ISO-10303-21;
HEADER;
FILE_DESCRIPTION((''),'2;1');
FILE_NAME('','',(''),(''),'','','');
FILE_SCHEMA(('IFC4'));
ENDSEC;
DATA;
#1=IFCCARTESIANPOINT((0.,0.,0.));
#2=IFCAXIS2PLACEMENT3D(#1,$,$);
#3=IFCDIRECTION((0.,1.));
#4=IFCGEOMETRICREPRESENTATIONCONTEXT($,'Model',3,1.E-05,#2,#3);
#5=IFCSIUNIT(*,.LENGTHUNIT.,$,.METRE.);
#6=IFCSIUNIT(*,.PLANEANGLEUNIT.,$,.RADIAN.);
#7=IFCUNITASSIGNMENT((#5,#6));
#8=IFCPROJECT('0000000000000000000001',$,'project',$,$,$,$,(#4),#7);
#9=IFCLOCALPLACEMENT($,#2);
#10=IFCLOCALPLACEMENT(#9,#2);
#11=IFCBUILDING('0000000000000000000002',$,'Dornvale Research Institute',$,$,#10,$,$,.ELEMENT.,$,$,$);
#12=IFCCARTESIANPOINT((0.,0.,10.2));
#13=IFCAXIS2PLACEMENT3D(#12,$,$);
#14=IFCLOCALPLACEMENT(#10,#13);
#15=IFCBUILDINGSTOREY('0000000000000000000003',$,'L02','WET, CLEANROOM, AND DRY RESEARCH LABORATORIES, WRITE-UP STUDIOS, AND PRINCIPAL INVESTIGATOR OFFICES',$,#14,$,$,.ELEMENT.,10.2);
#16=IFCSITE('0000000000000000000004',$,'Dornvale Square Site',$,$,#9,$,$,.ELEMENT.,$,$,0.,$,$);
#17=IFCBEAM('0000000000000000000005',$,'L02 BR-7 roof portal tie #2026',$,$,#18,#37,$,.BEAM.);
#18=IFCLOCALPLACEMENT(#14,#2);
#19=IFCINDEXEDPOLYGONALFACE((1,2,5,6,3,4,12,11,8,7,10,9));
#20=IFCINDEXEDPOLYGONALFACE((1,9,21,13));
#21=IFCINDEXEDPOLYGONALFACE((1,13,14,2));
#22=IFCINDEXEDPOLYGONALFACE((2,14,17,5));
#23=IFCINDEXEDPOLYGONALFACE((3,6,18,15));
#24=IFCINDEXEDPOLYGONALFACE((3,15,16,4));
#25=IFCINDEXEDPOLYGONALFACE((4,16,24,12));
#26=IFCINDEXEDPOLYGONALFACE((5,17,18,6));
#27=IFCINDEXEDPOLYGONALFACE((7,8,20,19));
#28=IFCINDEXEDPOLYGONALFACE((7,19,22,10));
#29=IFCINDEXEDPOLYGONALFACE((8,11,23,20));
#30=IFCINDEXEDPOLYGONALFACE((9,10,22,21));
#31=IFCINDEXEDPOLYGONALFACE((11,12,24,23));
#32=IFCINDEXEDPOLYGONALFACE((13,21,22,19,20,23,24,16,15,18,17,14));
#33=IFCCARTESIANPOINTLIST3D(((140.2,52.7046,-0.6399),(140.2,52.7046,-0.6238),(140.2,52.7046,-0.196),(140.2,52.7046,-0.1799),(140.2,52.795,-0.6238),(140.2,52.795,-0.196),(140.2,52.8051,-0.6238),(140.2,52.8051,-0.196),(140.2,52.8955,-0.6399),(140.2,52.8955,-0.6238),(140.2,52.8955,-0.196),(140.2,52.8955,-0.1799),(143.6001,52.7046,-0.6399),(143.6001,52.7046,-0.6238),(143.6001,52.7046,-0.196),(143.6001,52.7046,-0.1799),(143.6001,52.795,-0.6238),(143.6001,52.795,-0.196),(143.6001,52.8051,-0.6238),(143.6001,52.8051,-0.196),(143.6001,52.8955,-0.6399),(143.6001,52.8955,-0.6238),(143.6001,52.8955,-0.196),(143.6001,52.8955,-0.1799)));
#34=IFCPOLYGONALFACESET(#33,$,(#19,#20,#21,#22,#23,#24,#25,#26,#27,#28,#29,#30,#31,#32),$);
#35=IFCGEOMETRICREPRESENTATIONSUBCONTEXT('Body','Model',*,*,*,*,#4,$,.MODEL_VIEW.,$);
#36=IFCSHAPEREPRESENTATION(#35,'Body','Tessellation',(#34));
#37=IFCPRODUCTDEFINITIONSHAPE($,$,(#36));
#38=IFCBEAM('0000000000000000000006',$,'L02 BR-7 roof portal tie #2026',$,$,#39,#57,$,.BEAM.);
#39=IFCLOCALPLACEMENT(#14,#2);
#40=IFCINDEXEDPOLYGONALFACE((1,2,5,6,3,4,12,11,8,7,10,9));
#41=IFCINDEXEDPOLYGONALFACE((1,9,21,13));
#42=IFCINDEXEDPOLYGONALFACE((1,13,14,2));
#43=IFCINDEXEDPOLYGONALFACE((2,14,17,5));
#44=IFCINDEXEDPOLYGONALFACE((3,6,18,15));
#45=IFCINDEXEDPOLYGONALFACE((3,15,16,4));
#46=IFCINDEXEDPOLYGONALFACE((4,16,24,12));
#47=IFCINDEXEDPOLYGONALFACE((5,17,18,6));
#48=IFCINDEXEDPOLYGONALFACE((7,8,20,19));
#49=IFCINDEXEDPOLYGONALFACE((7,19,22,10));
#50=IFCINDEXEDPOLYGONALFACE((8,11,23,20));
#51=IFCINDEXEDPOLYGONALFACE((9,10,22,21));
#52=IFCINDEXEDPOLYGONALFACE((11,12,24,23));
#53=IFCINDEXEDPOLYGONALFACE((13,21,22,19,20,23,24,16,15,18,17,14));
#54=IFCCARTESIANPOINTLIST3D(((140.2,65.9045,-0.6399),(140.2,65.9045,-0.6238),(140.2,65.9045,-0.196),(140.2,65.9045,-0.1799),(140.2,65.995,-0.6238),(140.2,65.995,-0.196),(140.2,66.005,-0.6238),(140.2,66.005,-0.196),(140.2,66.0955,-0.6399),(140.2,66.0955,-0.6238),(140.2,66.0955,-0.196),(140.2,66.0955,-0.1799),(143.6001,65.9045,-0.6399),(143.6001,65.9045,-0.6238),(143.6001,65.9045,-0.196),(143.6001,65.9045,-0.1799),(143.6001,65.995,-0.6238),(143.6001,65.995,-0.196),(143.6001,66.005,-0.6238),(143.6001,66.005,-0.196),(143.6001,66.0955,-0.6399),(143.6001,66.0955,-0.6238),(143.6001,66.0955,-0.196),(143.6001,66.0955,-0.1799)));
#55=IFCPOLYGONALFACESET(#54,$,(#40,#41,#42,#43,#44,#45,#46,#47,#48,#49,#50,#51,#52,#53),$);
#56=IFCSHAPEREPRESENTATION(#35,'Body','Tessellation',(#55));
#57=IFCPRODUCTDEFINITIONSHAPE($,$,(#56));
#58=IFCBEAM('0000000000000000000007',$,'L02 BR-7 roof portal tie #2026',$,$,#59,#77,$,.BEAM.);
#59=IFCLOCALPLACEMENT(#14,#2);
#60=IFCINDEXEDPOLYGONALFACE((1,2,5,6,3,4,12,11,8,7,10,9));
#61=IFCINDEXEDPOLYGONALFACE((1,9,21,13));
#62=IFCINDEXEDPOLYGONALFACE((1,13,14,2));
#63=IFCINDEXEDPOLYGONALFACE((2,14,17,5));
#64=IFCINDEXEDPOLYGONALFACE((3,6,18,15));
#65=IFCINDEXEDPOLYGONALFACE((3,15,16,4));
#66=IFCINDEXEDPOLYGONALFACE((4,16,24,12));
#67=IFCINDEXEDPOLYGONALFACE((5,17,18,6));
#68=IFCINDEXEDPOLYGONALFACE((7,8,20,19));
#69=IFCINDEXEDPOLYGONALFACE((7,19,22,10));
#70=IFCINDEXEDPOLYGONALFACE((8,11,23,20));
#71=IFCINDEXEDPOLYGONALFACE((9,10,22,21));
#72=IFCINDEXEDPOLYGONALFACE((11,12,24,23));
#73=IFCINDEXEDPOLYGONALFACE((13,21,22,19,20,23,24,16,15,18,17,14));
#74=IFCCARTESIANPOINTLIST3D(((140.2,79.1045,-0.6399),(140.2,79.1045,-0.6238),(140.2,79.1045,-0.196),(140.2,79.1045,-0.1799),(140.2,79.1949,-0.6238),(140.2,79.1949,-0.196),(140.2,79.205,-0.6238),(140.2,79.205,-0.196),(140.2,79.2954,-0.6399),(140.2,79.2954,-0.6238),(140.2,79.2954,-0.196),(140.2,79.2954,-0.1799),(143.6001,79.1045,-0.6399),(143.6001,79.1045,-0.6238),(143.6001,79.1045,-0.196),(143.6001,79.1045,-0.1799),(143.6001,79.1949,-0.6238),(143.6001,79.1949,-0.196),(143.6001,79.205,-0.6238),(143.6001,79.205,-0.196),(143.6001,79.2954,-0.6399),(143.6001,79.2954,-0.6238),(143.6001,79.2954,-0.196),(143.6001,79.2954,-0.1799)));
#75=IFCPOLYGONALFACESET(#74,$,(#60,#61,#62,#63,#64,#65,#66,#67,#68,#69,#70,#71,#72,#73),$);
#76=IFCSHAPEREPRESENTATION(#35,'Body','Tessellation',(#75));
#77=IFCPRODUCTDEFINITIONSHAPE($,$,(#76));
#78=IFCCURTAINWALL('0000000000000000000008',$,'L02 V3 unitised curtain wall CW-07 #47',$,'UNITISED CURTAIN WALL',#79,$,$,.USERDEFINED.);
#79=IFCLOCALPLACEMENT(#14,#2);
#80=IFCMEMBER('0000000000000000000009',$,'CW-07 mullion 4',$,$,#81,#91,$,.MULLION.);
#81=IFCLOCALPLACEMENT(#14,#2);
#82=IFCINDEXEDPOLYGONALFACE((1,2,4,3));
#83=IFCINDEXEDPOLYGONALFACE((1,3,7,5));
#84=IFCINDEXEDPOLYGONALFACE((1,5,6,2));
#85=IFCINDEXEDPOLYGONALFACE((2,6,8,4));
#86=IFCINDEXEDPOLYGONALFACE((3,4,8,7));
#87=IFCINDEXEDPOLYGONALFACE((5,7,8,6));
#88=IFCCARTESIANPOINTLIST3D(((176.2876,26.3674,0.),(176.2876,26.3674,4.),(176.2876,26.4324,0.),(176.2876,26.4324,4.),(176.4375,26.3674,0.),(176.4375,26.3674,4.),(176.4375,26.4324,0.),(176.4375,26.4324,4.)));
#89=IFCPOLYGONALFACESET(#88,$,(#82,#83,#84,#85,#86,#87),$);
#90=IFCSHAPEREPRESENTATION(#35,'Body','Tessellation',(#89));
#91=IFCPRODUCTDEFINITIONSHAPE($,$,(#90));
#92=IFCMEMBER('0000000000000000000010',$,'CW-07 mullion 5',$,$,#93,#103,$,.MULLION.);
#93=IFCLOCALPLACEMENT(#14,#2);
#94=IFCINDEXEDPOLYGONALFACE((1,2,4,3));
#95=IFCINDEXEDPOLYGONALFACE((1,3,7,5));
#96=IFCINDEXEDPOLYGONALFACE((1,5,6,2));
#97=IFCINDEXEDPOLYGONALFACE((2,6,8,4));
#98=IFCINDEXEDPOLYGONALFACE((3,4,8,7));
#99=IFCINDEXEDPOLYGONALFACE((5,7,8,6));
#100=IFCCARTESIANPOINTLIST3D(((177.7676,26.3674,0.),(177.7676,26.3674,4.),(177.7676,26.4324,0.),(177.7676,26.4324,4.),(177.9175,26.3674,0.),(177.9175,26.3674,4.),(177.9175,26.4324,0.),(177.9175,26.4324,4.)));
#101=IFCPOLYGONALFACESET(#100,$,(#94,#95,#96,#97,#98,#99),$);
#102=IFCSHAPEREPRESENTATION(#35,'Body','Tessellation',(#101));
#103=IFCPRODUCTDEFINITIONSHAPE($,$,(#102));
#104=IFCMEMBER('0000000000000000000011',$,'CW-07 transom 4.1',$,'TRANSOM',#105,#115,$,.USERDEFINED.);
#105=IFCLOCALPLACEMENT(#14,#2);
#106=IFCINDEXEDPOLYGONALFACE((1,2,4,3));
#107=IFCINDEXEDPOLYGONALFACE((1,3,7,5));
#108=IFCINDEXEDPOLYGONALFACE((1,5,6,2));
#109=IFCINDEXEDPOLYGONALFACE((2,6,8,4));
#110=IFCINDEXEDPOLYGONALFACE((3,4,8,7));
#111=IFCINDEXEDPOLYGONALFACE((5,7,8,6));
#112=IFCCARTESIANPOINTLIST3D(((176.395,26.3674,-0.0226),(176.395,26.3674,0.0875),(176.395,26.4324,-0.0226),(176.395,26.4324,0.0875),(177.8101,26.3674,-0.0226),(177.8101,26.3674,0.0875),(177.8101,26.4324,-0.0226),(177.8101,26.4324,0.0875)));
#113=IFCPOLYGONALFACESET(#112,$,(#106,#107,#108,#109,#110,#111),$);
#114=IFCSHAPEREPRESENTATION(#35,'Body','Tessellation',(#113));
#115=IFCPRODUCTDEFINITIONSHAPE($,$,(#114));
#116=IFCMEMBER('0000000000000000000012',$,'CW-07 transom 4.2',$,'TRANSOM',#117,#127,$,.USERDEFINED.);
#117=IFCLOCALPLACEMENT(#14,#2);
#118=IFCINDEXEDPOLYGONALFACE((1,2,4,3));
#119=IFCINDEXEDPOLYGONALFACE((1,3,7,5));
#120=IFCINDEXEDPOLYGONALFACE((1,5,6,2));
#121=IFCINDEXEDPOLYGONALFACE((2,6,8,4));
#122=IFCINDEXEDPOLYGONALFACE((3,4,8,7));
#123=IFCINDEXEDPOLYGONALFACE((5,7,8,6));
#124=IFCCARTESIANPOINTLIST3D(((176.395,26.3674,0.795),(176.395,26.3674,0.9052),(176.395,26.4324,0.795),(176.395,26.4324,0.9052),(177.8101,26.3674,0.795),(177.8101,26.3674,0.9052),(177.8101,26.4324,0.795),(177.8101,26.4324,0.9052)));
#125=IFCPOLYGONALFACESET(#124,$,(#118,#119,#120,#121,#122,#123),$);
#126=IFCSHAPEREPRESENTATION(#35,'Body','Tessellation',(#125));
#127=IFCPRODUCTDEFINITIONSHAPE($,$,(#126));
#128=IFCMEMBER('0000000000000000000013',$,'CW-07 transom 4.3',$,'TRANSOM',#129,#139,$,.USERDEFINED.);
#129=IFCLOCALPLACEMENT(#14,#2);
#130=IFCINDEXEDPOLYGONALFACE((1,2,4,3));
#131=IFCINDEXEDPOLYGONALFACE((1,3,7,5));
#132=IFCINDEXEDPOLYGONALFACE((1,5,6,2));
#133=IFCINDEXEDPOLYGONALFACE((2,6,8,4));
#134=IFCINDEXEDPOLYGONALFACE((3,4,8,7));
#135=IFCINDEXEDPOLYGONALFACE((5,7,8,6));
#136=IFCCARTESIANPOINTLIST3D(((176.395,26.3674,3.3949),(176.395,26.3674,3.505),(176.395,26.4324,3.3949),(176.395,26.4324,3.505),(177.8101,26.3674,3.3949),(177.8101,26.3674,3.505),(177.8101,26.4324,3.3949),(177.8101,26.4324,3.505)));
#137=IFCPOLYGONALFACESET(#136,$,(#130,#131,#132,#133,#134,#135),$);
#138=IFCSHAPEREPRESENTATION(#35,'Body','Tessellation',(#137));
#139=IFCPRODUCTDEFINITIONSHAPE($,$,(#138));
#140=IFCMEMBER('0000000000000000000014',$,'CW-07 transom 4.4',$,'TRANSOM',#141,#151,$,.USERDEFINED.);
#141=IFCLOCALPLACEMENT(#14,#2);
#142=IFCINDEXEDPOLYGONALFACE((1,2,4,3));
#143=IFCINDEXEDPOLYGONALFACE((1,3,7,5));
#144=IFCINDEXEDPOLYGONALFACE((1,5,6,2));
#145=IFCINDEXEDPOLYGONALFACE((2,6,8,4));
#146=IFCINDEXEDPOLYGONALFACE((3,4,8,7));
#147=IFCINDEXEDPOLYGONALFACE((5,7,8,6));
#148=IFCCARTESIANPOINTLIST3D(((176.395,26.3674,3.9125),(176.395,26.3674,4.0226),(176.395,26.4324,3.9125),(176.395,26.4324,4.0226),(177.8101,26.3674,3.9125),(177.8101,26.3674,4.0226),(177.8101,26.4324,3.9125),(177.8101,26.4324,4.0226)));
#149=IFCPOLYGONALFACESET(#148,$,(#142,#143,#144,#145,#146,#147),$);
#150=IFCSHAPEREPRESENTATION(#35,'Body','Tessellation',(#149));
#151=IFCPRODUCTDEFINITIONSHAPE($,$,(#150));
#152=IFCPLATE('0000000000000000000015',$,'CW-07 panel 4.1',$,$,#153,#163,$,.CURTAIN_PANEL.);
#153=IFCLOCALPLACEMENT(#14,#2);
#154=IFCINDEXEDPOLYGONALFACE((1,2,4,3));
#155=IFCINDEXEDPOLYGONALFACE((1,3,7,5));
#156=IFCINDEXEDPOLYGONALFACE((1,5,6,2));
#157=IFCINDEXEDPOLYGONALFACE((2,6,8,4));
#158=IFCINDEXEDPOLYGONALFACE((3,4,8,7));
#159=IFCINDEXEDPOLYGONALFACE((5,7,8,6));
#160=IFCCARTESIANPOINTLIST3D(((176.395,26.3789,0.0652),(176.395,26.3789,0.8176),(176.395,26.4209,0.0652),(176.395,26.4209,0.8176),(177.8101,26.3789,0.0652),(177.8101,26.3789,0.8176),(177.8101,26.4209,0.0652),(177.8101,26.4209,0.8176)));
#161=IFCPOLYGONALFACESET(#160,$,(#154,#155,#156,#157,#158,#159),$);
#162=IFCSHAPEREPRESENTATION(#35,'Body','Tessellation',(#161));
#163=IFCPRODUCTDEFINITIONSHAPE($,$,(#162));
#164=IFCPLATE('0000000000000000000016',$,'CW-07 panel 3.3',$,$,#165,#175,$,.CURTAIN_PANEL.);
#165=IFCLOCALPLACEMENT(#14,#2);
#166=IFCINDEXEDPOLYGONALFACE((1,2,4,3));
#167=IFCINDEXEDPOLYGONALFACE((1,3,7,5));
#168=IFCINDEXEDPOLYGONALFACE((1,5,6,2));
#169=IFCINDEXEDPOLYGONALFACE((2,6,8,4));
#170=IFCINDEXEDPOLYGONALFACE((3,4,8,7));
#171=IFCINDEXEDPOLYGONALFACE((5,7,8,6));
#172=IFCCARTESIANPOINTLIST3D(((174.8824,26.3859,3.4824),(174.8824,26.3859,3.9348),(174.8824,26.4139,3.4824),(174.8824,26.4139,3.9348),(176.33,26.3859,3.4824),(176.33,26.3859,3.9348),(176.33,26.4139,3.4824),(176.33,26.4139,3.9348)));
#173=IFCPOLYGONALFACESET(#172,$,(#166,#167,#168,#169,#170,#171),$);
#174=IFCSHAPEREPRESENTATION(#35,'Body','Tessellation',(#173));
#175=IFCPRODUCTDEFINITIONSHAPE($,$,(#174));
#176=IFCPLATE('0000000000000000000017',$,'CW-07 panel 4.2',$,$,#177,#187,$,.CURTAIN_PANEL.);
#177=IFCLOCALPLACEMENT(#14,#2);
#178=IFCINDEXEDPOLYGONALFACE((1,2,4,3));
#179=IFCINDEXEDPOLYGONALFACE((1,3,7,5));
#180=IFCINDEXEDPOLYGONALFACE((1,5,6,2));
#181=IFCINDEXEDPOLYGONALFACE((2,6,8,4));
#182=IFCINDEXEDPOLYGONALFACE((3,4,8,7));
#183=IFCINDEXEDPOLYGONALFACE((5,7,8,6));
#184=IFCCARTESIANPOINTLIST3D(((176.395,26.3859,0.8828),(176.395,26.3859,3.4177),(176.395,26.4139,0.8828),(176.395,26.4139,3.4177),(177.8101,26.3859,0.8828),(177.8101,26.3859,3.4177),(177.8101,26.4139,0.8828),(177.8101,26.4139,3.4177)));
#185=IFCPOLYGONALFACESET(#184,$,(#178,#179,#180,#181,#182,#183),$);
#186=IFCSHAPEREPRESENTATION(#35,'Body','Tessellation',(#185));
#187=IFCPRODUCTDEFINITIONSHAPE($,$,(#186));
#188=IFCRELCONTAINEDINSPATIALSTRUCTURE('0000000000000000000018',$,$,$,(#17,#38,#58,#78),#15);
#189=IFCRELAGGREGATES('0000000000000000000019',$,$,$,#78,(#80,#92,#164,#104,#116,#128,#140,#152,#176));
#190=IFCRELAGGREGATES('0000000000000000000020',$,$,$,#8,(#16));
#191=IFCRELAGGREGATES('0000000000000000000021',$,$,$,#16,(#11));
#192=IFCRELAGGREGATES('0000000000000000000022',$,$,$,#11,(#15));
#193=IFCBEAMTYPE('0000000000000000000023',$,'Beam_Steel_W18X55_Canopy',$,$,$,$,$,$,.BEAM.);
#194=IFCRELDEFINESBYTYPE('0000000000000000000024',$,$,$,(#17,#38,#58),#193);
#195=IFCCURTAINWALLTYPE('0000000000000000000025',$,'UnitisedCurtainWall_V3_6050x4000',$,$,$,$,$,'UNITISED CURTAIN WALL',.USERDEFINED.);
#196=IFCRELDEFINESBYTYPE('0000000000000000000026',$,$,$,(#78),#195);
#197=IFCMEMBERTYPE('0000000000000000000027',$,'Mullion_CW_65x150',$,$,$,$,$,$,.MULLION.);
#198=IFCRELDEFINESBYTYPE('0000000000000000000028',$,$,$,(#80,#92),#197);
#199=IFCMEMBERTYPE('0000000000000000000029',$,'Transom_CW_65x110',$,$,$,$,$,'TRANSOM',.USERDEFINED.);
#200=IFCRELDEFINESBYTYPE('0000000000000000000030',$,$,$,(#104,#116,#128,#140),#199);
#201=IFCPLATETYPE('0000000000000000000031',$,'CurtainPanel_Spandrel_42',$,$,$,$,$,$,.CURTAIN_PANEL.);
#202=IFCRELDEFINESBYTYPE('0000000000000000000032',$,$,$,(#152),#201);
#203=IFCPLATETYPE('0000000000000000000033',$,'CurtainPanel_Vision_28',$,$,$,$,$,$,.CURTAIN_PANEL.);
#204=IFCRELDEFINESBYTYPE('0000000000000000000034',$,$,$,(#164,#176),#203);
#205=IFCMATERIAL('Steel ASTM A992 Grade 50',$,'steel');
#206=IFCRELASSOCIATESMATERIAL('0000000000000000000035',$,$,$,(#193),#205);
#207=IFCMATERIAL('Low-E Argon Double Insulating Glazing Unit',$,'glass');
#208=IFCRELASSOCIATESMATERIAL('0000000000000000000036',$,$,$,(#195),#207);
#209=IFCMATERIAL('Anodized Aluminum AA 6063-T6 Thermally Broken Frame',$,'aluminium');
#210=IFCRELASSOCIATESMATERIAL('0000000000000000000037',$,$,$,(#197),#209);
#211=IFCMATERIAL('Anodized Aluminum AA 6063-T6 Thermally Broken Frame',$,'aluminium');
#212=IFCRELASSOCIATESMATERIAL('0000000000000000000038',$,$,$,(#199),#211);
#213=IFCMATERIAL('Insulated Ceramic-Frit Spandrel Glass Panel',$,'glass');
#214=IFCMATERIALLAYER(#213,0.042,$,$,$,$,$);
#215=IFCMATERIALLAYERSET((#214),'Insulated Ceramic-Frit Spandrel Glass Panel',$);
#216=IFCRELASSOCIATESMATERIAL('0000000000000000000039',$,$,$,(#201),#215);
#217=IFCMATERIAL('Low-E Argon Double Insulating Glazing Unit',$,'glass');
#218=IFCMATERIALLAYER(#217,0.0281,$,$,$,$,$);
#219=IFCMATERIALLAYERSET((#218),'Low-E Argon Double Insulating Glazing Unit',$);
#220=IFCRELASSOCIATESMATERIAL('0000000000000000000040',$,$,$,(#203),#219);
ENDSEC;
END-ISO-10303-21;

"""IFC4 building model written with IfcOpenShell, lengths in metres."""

from ifc_helpers import new_model, si_unit, direction, frame, origin, origin_2d, place, context, subcontext, project, spatial, rectangle, i_section, extrude, material, layer, layer_set, material_profile, profile_set, type_object, element, aggregate, save


model = new_model("IFC4")

# Units and contexts
model_context = context("Model", 3, precision=1e-05, world=origin(), true_north=direction((0.0, 1.0)))
body_context = subcontext(model_context, "Body", "Model", "MODEL_VIEW")
ifc_project = project(units=[si_unit("LENGTHUNIT", "METRE"), si_unit("PLANEANGLEUNIT", "RADIAN")], contexts=[model_context])

# Site, building, storey
site_placement = place(None, origin())
site = spatial("IfcSite", under=ifc_project, at=site_placement, Name="Dornvale Square Site", CompositionType="ELEMENT", RefElevation=0.0)
building_placement = place(site_placement, origin())
building = spatial("IfcBuilding", under=site, at=building_placement, Name="Dornvale Research Institute", CompositionType="ELEMENT")
storey_placement = place(building_placement, frame((0.0, 0.0, 10.2)))
storey = spatial("IfcBuildingStorey", under=building, at=storey_placement, Name="L02", Description="WET, CLEANROOM, AND DRY RESEARCH LABORATORIES, WRITE-UP STUDIOS, AND PRINCIPAL INVESTIGATOR OFFICES", CompositionType="ELEMENT", Elevation=10.2)

# Beams
ifc_material_1 = material(Name="Steel ASTM A992 Grade 50", Category="steel")
ifc_material_profile_1 = material_profile(ifc_material_1, i_section(OverallWidth=0.1909, OverallDepth=0.46, WebThickness=0.01, FlangeThickness=0.0161, at=origin_2d()), Name="W18X55")
ifc_profile_set_1 = profile_set([ifc_material_profile_1], Name="Steel ASTM A992 Grade 50")
beam_type = type_object("IfcBeamType", Name="Beam_Steel_W18X55_Canopy", PredefinedType="BEAM", material=ifc_profile_set_1)
for number, where, z_axis, x_axis, name in (
    (1, (140.2, 52.8, -0.4099), (1.0, 0.0, 0.0), (0.0, 1.0, 0.0), "L02 BR-7 roof portal tie #2026"),
    (2, (140.2, 66.0, -0.4099), (1.0, 0.0, 0.0), (0.0, 1.0, 0.0), "L02 BR-7 roof portal tie #2026"),
    (3, (140.2, 79.2, -0.4099), (1.0, 0.0, 0.0), (0.0, 1.0, 0.0), "L02 BR-7 roof portal tie #2026"),
):
    element("IfcBeam", number, at=place(storey_placement, frame(where, z_axis=z_axis, x_axis=x_axis)), inside=storey, type_object=beam_type, Name=name, PredefinedType="BEAM", context=body_context, shape_type="SweptSolid", body=[
        extrude(i_section(OverallWidth=0.1909, OverallDepth=0.46, WebThickness=0.01, FlangeThickness=0.0161, at=origin_2d()), origin(), (0.0, 0.0, 1.0), 3.4001),
    ])

# Curtain wall, members, plates
ifc_material_2 = material(Name="Low-E Argon Double Insulating Glazing Unit", Category="glass")
curtain_wall_type = type_object("IfcCurtainWallType", Name="UnitisedCurtainWall_V3_6050x4000", ElementType="UNITISED CURTAIN WALL", PredefinedType="USERDEFINED", material=ifc_material_2)
curtain_wall_placement = place(storey_placement, origin())
curtain_wall = element("IfcCurtainWall", 4, at=curtain_wall_placement, inside=storey, type_object=curtain_wall_type, Name="L02 V3 unitised curtain wall CW-07 #47", ObjectType="UNITISED CURTAIN WALL", PredefinedType="USERDEFINED")
ifc_material_3 = material(Name="Anodized Aluminum AA 6063-T6 Thermally Broken Frame", Category="aluminium")
ifc_material_profile_2 = material_profile(ifc_material_3, rectangle(XDim=0.0649, YDim=0.1499, at=origin_2d()), Name="ALU MULLION 65x150")
ifc_profile_set_2 = profile_set([ifc_material_profile_2], Name="Anodized Aluminum AA 6063-T6 Thermally Broken Frame")
member_type_1 = type_object("IfcMemberType", Name="Mullion_CW_65x150", PredefinedType="MULLION", material=ifc_profile_set_2)
member_1_placement = place(storey_placement, frame((176.3625, 26.3999, 0.0), z_axis=(0.0, 0.0, 1.0), x_axis=(0.0, 1.0, 0.0)))
member_1 = element("IfcMember", 5, at=member_1_placement, type_object=member_type_1, Name="CW-07 mullion 4", PredefinedType="MULLION", context=body_context, shape_type="SweptSolid", body=[
    extrude(rectangle(XDim=0.0649, YDim=0.1499, at=origin_2d()), origin(), (0.0, 0.0, 1.0), 4.0),
])
member_2_placement = place(storey_placement, frame((177.8425, 26.3999, 0.0), z_axis=(0.0, 0.0, 1.0), x_axis=(0.0, 1.0, 0.0)))
member_2 = element("IfcMember", 6, at=member_2_placement, type_object=member_type_1, Name="CW-07 mullion 5", PredefinedType="MULLION", context=body_context, shape_type="SweptSolid", body=[
    extrude(rectangle(XDim=0.0649, YDim=0.1499, at=origin_2d()), origin(), (0.0, 0.0, 1.0), 4.0),
])
ifc_material_4 = material(Name="Anodized Aluminum AA 6063-T6 Thermally Broken Frame", Category="aluminium")
ifc_material_profile_3 = material_profile(ifc_material_4, rectangle(XDim=0.0649, YDim=0.1101, at=origin_2d()), Name="ALU TRANSOM 65x110")
ifc_profile_set_3 = profile_set([ifc_material_profile_3], Name="Anodized Aluminum AA 6063-T6 Thermally Broken Frame")
member_type_2 = type_object("IfcMemberType", Name="Transom_CW_65x110", ElementType="TRANSOM", PredefinedType="USERDEFINED", material=ifc_profile_set_3)
member_3_placement = place(storey_placement, frame((176.395, 26.3999, 0.0325), z_axis=(1.0, 0.0, 0.0), x_axis=(0.0, 1.0, 0.0)))
member_3 = element("IfcMember", 7, at=member_3_placement, type_object=member_type_2, Name="CW-07 transom 4.1", ObjectType="TRANSOM", PredefinedType="USERDEFINED", context=body_context, shape_type="SweptSolid", body=[
    extrude(rectangle(XDim=0.0649, YDim=0.1101, at=origin_2d()), origin(), (0.0, 0.0, 1.0), 1.415),
])
member_4_placement = place(storey_placement, frame((176.395, 26.3999, 0.8501), z_axis=(1.0, 0.0, 0.0), x_axis=(0.0, 1.0, 0.0)))
member_4 = element("IfcMember", 8, at=member_4_placement, type_object=member_type_2, Name="CW-07 transom 4.2", ObjectType="TRANSOM", PredefinedType="USERDEFINED", context=body_context, shape_type="SweptSolid", body=[
    extrude(rectangle(XDim=0.0649, YDim=0.1101, at=origin_2d()), origin(), (0.0, 0.0, 1.0), 1.415),
])
member_5_placement = place(storey_placement, frame((176.395, 26.3999, 3.45), z_axis=(1.0, 0.0, 0.0), x_axis=(0.0, 1.0, 0.0)))
member_5 = element("IfcMember", 9, at=member_5_placement, type_object=member_type_2, Name="CW-07 transom 4.3", ObjectType="TRANSOM", PredefinedType="USERDEFINED", context=body_context, shape_type="SweptSolid", body=[
    extrude(rectangle(XDim=0.0649, YDim=0.1101, at=origin_2d()), origin(), (0.0, 0.0, 1.0), 1.415),
])
member_6_placement = place(storey_placement, frame((176.395, 26.3999, 3.9675), z_axis=(1.0, 0.0, 0.0), x_axis=(0.0, 1.0, 0.0)))
member_6 = element("IfcMember", 10, at=member_6_placement, type_object=member_type_2, Name="CW-07 transom 4.4", ObjectType="TRANSOM", PredefinedType="USERDEFINED", context=body_context, shape_type="SweptSolid", body=[
    extrude(rectangle(XDim=0.0649, YDim=0.1101, at=origin_2d()), origin(), (0.0, 0.0, 1.0), 1.415),
])
ifc_material_5 = material(Name="Insulated Ceramic-Frit Spandrel Glass Panel", Category="glass")
ifc_layer_1 = layer(ifc_material_5, 0.042)
ifc_layer_set_1 = layer_set([ifc_layer_1], Name="Insulated Ceramic-Frit Spandrel Glass Panel")
plate_type_1 = type_object("IfcPlateType", Name="CurtainPanel_Spandrel_42", PredefinedType="CURTAIN_PANEL", material=ifc_layer_set_1)
plate_1_placement = place(storey_placement, frame((177.1025, 26.3999, 0.0652), z_axis=(0.0, 0.0, 1.0), x_axis=(1.0, 0.0, 0.0)))
plate_1 = element("IfcPlate", 11, at=plate_1_placement, type_object=plate_type_1, Name="CW-07 panel 4.1", PredefinedType="CURTAIN_PANEL", context=body_context, shape_type="SweptSolid", body=[
    extrude(rectangle(XDim=1.415, YDim=0.042, at=origin_2d()), origin(), (0.0, 0.0, 1.0), 0.7524),
])
ifc_material_6 = material(Name="Low-E Argon Double Insulating Glazing Unit", Category="glass")
ifc_layer_2 = layer(ifc_material_6, 0.0281)
ifc_layer_set_2 = layer_set([ifc_layer_2], Name="Low-E Argon Double Insulating Glazing Unit")
plate_type_2 = type_object("IfcPlateType", Name="CurtainPanel_Vision_28", PredefinedType="CURTAIN_PANEL", material=ifc_layer_set_2)
plate_2_placement = place(storey_placement, frame((175.6062, 26.3999, 3.4824), z_axis=(0.0, 0.0, 1.0), x_axis=(1.0, 0.0, 0.0)))
plate_2 = element("IfcPlate", 12, at=plate_2_placement, type_object=plate_type_2, Name="CW-07 panel 3.3", PredefinedType="CURTAIN_PANEL", context=body_context, shape_type="SweptSolid", body=[
    extrude(rectangle(XDim=1.4475, YDim=0.0281, at=origin_2d()), origin(), (0.0, 0.0, 1.0), 0.4524),
])
plate_3_placement = place(storey_placement, frame((177.1025, 26.3999, 0.8828), z_axis=(0.0, 0.0, 1.0), x_axis=(1.0, 0.0, 0.0)))
plate_3 = element("IfcPlate", 13, at=plate_3_placement, type_object=plate_type_2, Name="CW-07 panel 4.2", PredefinedType="CURTAIN_PANEL", context=body_context, shape_type="SweptSolid", body=[
    extrude(rectangle(XDim=1.415, YDim=0.0281, at=origin_2d()), origin(), (0.0, 0.0, 1.0), 2.5349),
])
aggregate(curtain_wall, [member_1, member_2, plate_2, member_3, member_4, member_5, member_6, plate_1, plate_3])

save(model, "model.ifc")
